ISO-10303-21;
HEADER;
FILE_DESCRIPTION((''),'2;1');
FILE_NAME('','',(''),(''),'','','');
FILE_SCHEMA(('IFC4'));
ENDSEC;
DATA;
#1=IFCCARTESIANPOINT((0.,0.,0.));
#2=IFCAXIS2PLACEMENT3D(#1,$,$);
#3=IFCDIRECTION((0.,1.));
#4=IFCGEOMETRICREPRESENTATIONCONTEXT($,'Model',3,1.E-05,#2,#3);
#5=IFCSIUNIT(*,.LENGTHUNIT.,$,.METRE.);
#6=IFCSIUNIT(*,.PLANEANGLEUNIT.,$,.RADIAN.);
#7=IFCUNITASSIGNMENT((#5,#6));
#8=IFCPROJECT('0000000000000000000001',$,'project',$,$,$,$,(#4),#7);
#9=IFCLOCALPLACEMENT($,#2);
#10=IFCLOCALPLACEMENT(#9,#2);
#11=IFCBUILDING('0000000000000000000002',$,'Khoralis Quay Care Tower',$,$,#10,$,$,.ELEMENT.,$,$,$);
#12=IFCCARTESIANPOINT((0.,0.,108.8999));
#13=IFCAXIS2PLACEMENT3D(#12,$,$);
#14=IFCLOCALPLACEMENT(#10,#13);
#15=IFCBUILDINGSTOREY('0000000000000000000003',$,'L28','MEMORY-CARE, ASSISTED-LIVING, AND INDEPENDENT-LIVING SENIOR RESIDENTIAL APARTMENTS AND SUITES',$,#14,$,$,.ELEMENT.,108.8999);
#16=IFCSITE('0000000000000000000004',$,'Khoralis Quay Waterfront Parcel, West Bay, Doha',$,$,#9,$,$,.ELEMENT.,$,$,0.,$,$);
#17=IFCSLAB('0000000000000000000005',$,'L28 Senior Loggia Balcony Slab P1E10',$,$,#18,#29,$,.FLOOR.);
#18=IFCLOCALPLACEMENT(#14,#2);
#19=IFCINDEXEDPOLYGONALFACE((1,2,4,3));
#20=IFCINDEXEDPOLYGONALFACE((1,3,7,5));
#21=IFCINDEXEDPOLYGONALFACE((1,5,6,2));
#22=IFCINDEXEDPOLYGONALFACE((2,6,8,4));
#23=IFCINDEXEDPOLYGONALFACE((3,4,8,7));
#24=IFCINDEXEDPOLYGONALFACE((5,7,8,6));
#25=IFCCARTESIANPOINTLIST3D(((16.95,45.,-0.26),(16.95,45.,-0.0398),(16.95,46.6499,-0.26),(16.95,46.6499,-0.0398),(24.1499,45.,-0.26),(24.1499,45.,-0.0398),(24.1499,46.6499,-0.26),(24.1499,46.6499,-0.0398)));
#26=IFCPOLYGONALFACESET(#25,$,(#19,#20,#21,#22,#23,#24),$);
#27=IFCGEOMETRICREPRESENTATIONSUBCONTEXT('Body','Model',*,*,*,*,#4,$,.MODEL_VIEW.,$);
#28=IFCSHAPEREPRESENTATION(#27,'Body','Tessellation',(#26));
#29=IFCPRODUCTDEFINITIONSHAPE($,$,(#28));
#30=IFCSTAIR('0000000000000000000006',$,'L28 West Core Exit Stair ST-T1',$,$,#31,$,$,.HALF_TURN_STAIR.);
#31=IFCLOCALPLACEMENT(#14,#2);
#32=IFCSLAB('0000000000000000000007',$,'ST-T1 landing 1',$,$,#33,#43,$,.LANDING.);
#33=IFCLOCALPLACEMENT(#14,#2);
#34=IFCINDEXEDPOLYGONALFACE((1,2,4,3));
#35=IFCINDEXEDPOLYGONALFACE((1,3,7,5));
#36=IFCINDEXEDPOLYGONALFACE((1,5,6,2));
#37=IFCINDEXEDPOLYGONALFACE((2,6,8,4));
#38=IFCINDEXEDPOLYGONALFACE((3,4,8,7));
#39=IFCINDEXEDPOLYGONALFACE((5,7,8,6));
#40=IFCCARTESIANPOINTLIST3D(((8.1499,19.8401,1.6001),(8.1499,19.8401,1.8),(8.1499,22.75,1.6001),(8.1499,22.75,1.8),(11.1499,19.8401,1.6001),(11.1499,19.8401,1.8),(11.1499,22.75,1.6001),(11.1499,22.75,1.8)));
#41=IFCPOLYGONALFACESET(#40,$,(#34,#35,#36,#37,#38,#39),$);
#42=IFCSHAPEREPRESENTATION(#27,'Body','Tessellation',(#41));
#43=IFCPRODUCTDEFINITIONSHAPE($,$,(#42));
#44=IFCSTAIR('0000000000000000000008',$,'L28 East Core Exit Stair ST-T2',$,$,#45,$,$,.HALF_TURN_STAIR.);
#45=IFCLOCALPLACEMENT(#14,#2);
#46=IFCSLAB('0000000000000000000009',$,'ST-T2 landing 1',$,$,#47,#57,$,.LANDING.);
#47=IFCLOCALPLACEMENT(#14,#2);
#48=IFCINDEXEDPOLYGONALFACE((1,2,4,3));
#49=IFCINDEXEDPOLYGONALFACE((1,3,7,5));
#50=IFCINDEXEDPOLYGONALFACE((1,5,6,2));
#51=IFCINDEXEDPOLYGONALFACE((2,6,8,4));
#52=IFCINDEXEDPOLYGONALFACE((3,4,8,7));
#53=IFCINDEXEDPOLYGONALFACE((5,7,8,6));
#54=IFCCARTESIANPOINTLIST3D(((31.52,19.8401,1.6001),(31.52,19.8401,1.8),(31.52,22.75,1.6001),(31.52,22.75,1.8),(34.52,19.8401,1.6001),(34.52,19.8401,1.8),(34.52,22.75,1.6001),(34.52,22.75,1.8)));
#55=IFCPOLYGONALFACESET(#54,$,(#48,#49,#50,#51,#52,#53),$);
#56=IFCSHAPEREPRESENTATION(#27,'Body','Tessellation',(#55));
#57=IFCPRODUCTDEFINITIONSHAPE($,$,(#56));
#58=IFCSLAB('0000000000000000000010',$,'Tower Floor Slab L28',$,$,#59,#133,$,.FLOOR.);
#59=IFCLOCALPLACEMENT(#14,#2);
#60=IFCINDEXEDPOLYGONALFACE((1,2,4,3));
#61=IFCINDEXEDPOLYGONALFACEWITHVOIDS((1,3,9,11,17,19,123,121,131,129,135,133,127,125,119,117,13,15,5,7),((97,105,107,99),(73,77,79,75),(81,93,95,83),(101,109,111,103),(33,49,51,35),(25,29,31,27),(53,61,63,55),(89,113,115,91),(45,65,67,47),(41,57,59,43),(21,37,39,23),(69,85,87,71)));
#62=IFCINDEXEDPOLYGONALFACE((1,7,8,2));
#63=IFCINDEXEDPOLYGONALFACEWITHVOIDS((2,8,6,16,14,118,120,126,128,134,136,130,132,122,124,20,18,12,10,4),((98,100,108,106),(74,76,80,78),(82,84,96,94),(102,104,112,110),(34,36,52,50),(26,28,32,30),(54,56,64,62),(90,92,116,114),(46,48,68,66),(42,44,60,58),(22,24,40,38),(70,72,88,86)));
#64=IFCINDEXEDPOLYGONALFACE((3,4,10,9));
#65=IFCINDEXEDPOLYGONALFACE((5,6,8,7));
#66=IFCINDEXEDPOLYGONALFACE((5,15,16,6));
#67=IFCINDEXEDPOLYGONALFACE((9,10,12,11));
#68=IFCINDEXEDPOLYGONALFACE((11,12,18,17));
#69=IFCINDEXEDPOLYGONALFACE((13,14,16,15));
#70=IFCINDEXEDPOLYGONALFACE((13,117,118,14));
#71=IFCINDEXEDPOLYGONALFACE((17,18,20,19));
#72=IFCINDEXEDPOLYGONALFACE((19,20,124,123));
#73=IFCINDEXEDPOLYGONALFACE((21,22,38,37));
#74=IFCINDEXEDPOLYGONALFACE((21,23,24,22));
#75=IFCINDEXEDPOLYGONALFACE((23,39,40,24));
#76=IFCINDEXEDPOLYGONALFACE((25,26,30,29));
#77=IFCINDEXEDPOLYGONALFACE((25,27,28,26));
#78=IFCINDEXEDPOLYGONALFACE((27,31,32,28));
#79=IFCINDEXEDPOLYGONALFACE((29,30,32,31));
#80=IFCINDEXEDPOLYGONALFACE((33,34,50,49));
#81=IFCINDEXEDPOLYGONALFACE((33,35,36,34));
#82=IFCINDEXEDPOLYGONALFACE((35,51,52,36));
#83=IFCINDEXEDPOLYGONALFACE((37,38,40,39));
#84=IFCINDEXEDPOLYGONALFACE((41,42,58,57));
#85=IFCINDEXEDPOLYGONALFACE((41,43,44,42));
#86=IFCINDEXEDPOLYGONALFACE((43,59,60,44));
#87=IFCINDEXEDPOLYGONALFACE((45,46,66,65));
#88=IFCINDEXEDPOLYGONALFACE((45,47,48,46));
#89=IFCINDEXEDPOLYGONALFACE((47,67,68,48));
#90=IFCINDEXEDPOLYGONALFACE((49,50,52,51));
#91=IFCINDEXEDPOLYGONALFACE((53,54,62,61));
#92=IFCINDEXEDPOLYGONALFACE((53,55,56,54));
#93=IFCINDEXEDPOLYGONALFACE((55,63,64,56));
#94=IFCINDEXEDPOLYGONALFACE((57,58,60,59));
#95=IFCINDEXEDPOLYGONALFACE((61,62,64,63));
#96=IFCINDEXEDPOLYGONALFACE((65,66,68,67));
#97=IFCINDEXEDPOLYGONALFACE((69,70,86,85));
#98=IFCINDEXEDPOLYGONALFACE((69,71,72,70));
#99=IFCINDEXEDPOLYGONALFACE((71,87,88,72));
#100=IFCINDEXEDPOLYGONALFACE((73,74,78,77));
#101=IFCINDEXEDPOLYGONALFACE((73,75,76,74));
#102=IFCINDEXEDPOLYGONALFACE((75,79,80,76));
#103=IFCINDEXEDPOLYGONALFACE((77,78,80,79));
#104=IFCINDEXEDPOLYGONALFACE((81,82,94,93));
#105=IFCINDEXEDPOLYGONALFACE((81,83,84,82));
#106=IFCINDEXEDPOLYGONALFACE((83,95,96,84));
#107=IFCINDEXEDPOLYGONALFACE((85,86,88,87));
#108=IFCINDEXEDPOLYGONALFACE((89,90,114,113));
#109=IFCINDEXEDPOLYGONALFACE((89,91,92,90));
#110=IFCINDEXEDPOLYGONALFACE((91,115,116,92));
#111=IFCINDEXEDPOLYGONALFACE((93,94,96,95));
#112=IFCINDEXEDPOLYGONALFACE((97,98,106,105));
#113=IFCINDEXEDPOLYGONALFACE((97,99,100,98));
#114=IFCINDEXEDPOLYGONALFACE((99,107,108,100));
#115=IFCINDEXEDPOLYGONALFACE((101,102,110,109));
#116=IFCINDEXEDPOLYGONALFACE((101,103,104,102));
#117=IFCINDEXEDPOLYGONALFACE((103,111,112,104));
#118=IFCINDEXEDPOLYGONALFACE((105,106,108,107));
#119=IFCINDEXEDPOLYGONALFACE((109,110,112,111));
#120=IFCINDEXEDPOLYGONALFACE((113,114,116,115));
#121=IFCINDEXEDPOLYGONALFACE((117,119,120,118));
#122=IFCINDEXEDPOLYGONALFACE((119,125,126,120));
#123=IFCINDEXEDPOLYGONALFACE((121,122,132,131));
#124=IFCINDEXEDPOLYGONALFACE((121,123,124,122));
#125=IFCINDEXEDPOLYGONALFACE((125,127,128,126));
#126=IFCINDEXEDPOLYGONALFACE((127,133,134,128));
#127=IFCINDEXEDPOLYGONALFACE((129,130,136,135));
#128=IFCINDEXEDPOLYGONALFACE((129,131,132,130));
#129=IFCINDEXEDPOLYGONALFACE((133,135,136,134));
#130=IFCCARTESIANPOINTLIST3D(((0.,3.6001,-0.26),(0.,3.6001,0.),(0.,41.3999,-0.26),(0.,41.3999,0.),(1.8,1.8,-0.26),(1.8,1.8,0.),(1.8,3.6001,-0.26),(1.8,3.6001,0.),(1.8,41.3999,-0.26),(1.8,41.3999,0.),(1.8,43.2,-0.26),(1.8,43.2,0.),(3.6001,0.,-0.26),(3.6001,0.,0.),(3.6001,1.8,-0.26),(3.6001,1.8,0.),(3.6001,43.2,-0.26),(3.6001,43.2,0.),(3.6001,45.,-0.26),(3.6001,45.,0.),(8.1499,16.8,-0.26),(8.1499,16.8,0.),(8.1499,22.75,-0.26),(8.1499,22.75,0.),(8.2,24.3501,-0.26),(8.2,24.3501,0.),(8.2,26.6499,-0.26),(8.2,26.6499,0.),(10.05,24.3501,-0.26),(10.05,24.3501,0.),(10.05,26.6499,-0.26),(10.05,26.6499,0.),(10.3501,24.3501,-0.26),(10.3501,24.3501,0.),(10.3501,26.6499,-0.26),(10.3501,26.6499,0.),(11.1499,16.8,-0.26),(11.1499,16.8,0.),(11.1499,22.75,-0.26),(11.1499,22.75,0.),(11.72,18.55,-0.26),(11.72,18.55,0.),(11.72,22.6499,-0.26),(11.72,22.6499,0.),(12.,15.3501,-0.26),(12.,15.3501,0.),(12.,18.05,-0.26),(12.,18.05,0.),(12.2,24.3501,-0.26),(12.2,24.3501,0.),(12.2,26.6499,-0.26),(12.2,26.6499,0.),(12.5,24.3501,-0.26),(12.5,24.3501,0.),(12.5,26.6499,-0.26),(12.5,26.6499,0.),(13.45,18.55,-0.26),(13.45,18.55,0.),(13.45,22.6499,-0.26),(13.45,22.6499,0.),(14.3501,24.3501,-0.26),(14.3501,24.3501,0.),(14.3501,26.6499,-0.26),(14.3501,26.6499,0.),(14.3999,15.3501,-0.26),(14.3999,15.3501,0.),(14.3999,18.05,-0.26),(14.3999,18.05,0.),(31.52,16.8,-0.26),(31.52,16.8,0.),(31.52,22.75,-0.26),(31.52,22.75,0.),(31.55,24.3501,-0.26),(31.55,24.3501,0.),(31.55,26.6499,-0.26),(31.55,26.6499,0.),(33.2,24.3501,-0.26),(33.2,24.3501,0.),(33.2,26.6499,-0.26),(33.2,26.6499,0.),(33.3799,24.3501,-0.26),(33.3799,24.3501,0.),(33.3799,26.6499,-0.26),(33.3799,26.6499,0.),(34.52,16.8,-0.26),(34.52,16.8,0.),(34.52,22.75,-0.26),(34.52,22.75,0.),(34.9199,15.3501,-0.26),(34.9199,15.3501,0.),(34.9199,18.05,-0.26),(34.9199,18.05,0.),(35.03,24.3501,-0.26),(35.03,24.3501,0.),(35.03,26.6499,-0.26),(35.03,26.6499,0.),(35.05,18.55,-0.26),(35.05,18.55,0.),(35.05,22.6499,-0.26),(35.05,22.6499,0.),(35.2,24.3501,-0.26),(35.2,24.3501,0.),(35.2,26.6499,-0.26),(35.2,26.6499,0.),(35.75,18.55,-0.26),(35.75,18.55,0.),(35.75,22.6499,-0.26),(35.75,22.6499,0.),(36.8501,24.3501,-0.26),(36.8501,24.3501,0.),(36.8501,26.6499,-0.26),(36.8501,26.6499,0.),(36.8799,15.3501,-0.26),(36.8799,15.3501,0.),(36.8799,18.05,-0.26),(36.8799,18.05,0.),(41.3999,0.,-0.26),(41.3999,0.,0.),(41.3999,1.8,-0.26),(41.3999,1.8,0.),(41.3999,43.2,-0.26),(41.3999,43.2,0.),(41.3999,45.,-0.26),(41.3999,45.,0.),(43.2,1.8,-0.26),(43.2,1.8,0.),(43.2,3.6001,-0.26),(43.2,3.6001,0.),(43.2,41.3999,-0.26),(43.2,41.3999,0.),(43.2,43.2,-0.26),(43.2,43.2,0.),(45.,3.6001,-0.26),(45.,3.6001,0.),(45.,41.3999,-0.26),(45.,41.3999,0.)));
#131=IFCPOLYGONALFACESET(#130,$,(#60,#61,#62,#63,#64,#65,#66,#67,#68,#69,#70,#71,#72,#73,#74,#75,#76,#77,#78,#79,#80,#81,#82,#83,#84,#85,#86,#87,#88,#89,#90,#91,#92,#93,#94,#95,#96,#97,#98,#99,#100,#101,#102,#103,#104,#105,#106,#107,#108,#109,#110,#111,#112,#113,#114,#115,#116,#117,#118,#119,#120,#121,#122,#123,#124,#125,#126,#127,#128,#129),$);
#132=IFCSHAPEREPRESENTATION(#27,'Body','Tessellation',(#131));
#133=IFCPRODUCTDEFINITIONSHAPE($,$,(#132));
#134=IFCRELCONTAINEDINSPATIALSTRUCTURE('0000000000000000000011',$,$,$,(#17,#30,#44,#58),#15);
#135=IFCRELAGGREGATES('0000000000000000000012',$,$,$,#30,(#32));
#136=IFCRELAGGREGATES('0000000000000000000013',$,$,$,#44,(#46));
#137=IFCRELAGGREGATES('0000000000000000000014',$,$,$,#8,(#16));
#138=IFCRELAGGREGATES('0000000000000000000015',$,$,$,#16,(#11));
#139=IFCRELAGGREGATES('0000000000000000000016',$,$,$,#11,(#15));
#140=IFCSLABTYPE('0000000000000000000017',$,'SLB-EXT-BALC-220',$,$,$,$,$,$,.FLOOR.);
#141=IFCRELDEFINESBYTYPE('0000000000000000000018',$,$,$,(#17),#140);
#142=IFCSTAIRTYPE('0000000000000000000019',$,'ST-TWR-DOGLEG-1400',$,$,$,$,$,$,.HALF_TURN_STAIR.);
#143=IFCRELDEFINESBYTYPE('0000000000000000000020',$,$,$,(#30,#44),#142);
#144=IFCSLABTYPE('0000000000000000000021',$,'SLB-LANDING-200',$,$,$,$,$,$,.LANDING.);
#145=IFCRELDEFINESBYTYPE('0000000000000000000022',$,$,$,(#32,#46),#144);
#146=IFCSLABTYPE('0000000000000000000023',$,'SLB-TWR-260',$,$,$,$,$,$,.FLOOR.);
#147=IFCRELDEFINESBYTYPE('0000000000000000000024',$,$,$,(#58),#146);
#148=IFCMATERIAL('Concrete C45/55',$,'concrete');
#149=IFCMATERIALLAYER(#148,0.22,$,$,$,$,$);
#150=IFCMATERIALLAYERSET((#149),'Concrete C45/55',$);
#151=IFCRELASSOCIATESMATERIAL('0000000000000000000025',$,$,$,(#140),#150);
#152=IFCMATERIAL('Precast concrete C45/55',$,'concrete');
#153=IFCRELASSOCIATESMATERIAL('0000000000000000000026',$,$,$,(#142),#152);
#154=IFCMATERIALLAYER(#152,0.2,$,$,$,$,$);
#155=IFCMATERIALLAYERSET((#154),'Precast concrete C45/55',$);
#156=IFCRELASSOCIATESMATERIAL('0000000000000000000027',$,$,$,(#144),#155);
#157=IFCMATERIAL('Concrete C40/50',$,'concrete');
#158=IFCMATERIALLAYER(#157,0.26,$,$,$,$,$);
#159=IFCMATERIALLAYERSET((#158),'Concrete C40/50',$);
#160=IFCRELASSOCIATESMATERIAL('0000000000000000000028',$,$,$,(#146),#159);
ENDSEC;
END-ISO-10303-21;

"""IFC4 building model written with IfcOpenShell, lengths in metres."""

from ifc_helpers import new_model, si_unit, direction, frame, origin, place, context, subcontext, project, spatial, polyline, outline, extrude, material, layer, layer_set, type_object, element, aggregate, save


model = new_model("IFC4")

# Units and contexts
model_context = context("Model", 3, precision=1e-05, world=origin(), true_north=direction((0.0, 1.0)))
body_context = subcontext(model_context, "Body", "Model", "MODEL_VIEW")
ifc_project = project(units=[si_unit("LENGTHUNIT", "METRE"), si_unit("PLANEANGLEUNIT", "RADIAN")], contexts=[model_context])

# Site, building, storey
site_placement = place(None, origin())
site = spatial("IfcSite", under=ifc_project, at=site_placement, Name="Khoralis Quay Waterfront Parcel, West Bay, Doha", CompositionType="ELEMENT", RefElevation=0.0)
building_placement = place(site_placement, origin())
building = spatial("IfcBuilding", under=site, at=building_placement, Name="Khoralis Quay Care Tower", CompositionType="ELEMENT")
storey_placement = place(building_placement, frame((0.0, 0.0, 108.8999)))
storey = spatial("IfcBuildingStorey", under=building, at=storey_placement, Name="L28", Description="MEMORY-CARE, ASSISTED-LIVING, AND INDEPENDENT-LIVING SENIOR RESIDENTIAL APARTMENTS AND SUITES", CompositionType="ELEMENT", Elevation=108.8999)

# Slab
ifc_material_1 = material(Name="Concrete C45/55", Category="concrete")
ifc_layer_1 = layer(ifc_material_1, 0.22)
ifc_layer_set_1 = layer_set([ifc_layer_1], Name="Concrete C45/55")
slab_type_1 = type_object("IfcSlabType", Name="SLB-EXT-BALC-220", PredefinedType="FLOOR", material=ifc_layer_set_1)
slab_1_placement = place(storey_placement, frame((0.0, 0.0, -0.26)))
element("IfcSlab", 1, at=slab_1_placement, inside=storey, type_object=slab_type_1, Name="L28 Senior Loggia Balcony Slab P1E10", PredefinedType="FLOOR", context=body_context, shape_type="SweptSolid", body=[
    extrude(outline(polyline([(16.95, 45.0), (24.1499, 45.0), (24.1499, 46.6499), (16.95, 46.6499), (16.95, 45.0)])), origin(), (0.0, 0.0, 1.0), 0.2202),
])

# Stairs, slabs
ifc_material_2 = material(Name="Precast concrete C45/55", Category="concrete")
stair_type = type_object("IfcStairType", Name="ST-TWR-DOGLEG-1400", PredefinedType="HALF_TURN_STAIR", material=ifc_material_2)
stair_1_placement = place(storey_placement, origin())
stair_1 = element("IfcStair", 2, at=stair_1_placement, inside=storey, type_object=stair_type, Name="L28 West Core Exit Stair ST-T1", PredefinedType="HALF_TURN_STAIR")
ifc_layer_2 = layer(ifc_material_2, 0.2)
ifc_layer_set_2 = layer_set([ifc_layer_2], Name="Precast concrete C45/55")
slab_type_2 = type_object("IfcSlabType", Name="SLB-LANDING-200", PredefinedType="LANDING", material=ifc_layer_set_2)
slab_2_placement = place(storey_placement, frame((0.0, 0.0, 1.6001)))
slab_2 = element("IfcSlab", 3, at=slab_2_placement, type_object=slab_type_2, Name="ST-T1 landing 1", PredefinedType="LANDING", context=body_context, shape_type="SweptSolid", body=[
    extrude(outline(polyline([(11.1499, 19.8401), (11.1499, 22.75), (8.1499, 22.75), (8.1499, 19.8401), (11.1499, 19.8401)])), origin(), (0.0, 0.0, 1.0), 0.2),
])
aggregate(stair_1, [slab_2])
stair_2_placement = place(storey_placement, origin())
stair_2 = element("IfcStair", 4, at=stair_2_placement, inside=storey, type_object=stair_type, Name="L28 East Core Exit Stair ST-T2", PredefinedType="HALF_TURN_STAIR")
slab_3_placement = place(storey_placement, frame((0.0, 0.0, 1.6001)))
slab_3 = element("IfcSlab", 5, at=slab_3_placement, type_object=slab_type_2, Name="ST-T2 landing 1", PredefinedType="LANDING", context=body_context, shape_type="SweptSolid", body=[
    extrude(outline(polyline([(34.52, 19.8401), (34.52, 22.75), (31.52, 22.75), (31.52, 19.8401), (34.52, 19.8401)])), origin(), (0.0, 0.0, 1.0), 0.2),
])
aggregate(stair_2, [slab_3])

# Slab
ifc_material_3 = material(Name="Concrete C40/50", Category="concrete")
ifc_layer_3 = layer(ifc_material_3, 0.26)
ifc_layer_set_3 = layer_set([ifc_layer_3], Name="Concrete C40/50")
slab_type_3 = type_object("IfcSlabType", Name="SLB-TWR-260", PredefinedType="FLOOR", material=ifc_layer_set_3)
slab_4_placement = place(storey_placement, frame((0.0, 0.0, -0.26)))
element("IfcSlab", 6, at=slab_4_placement, inside=storey, type_object=slab_type_3, Name="Tower Floor Slab L28", PredefinedType="FLOOR", context=body_context, shape_type="SweptSolid", body=[
    extrude(outline(polyline([(3.6001, 0.0), (41.3999, 0.0), (41.3999, 1.8), (43.2, 1.8), (43.2, 3.6001), (45.0, 3.6001), (45.0, 41.3999), (43.2, 41.3999), (43.2, 43.2), (41.3999, 43.2), (41.3999, 45.0), (3.6001, 45.0), (3.6001, 43.2), (1.8, 43.2), (1.8, 41.3999), (0.0, 41.3999), (0.0, 3.6001), (1.8, 3.6001), (1.8, 1.8), (3.6001, 1.8), (3.6001, 0.0)]), holes=[polyline([(11.1499, 16.8), (11.1499, 22.75), (8.1499, 22.75), (8.1499, 16.8), (11.1499, 16.8)]), polyline([(34.52, 16.8), (34.52, 22.75), (31.52, 22.75), (31.52, 16.8), (34.52, 16.8)]), polyline([(12.0, 15.3501), (14.3999, 15.3501), (14.3999, 18.05), (12.0, 18.05), (12.0, 15.3501)]), polyline([(34.9199, 15.3501), (36.8799, 15.3501), (36.8799, 18.05), (34.9199, 18.05), (34.9199, 15.3501)]), polyline([(8.2, 24.3501), (10.05, 24.3501), (10.05, 26.6499), (8.2, 26.6499), (8.2, 24.3501)]), polyline([(31.55, 24.3501), (33.2, 24.3501), (33.2, 26.6499), (31.55, 26.6499), (31.55, 24.3501)]), polyline([(10.3501, 24.3501), (12.2, 24.3501), (12.2, 26.6499), (10.3501, 26.6499), (10.3501, 24.3501)]), polyline([(33.3799, 24.3501), (35.03, 24.3501), (35.03, 26.6499), (33.3799, 26.6499), (33.3799, 24.3501)]), polyline([(12.5, 24.3501), (14.3501, 24.3501), (14.3501, 26.6499), (12.5, 26.6499), (12.5, 24.3501)]), polyline([(35.2, 24.3501), (36.8501, 24.3501), (36.8501, 26.6499), (35.2, 26.6499), (35.2, 24.3501)]), polyline([(11.72, 18.55), (13.45, 18.55), (13.45, 22.6499), (11.72, 22.6499), (11.72, 18.55)]), polyline([(35.05, 18.55), (35.75, 18.55), (35.75, 22.6499), (35.05, 22.6499), (35.05, 18.55)])]), origin(), (0.0, 0.0, 1.0), 0.26),
])

save(model, "model.ifc")
